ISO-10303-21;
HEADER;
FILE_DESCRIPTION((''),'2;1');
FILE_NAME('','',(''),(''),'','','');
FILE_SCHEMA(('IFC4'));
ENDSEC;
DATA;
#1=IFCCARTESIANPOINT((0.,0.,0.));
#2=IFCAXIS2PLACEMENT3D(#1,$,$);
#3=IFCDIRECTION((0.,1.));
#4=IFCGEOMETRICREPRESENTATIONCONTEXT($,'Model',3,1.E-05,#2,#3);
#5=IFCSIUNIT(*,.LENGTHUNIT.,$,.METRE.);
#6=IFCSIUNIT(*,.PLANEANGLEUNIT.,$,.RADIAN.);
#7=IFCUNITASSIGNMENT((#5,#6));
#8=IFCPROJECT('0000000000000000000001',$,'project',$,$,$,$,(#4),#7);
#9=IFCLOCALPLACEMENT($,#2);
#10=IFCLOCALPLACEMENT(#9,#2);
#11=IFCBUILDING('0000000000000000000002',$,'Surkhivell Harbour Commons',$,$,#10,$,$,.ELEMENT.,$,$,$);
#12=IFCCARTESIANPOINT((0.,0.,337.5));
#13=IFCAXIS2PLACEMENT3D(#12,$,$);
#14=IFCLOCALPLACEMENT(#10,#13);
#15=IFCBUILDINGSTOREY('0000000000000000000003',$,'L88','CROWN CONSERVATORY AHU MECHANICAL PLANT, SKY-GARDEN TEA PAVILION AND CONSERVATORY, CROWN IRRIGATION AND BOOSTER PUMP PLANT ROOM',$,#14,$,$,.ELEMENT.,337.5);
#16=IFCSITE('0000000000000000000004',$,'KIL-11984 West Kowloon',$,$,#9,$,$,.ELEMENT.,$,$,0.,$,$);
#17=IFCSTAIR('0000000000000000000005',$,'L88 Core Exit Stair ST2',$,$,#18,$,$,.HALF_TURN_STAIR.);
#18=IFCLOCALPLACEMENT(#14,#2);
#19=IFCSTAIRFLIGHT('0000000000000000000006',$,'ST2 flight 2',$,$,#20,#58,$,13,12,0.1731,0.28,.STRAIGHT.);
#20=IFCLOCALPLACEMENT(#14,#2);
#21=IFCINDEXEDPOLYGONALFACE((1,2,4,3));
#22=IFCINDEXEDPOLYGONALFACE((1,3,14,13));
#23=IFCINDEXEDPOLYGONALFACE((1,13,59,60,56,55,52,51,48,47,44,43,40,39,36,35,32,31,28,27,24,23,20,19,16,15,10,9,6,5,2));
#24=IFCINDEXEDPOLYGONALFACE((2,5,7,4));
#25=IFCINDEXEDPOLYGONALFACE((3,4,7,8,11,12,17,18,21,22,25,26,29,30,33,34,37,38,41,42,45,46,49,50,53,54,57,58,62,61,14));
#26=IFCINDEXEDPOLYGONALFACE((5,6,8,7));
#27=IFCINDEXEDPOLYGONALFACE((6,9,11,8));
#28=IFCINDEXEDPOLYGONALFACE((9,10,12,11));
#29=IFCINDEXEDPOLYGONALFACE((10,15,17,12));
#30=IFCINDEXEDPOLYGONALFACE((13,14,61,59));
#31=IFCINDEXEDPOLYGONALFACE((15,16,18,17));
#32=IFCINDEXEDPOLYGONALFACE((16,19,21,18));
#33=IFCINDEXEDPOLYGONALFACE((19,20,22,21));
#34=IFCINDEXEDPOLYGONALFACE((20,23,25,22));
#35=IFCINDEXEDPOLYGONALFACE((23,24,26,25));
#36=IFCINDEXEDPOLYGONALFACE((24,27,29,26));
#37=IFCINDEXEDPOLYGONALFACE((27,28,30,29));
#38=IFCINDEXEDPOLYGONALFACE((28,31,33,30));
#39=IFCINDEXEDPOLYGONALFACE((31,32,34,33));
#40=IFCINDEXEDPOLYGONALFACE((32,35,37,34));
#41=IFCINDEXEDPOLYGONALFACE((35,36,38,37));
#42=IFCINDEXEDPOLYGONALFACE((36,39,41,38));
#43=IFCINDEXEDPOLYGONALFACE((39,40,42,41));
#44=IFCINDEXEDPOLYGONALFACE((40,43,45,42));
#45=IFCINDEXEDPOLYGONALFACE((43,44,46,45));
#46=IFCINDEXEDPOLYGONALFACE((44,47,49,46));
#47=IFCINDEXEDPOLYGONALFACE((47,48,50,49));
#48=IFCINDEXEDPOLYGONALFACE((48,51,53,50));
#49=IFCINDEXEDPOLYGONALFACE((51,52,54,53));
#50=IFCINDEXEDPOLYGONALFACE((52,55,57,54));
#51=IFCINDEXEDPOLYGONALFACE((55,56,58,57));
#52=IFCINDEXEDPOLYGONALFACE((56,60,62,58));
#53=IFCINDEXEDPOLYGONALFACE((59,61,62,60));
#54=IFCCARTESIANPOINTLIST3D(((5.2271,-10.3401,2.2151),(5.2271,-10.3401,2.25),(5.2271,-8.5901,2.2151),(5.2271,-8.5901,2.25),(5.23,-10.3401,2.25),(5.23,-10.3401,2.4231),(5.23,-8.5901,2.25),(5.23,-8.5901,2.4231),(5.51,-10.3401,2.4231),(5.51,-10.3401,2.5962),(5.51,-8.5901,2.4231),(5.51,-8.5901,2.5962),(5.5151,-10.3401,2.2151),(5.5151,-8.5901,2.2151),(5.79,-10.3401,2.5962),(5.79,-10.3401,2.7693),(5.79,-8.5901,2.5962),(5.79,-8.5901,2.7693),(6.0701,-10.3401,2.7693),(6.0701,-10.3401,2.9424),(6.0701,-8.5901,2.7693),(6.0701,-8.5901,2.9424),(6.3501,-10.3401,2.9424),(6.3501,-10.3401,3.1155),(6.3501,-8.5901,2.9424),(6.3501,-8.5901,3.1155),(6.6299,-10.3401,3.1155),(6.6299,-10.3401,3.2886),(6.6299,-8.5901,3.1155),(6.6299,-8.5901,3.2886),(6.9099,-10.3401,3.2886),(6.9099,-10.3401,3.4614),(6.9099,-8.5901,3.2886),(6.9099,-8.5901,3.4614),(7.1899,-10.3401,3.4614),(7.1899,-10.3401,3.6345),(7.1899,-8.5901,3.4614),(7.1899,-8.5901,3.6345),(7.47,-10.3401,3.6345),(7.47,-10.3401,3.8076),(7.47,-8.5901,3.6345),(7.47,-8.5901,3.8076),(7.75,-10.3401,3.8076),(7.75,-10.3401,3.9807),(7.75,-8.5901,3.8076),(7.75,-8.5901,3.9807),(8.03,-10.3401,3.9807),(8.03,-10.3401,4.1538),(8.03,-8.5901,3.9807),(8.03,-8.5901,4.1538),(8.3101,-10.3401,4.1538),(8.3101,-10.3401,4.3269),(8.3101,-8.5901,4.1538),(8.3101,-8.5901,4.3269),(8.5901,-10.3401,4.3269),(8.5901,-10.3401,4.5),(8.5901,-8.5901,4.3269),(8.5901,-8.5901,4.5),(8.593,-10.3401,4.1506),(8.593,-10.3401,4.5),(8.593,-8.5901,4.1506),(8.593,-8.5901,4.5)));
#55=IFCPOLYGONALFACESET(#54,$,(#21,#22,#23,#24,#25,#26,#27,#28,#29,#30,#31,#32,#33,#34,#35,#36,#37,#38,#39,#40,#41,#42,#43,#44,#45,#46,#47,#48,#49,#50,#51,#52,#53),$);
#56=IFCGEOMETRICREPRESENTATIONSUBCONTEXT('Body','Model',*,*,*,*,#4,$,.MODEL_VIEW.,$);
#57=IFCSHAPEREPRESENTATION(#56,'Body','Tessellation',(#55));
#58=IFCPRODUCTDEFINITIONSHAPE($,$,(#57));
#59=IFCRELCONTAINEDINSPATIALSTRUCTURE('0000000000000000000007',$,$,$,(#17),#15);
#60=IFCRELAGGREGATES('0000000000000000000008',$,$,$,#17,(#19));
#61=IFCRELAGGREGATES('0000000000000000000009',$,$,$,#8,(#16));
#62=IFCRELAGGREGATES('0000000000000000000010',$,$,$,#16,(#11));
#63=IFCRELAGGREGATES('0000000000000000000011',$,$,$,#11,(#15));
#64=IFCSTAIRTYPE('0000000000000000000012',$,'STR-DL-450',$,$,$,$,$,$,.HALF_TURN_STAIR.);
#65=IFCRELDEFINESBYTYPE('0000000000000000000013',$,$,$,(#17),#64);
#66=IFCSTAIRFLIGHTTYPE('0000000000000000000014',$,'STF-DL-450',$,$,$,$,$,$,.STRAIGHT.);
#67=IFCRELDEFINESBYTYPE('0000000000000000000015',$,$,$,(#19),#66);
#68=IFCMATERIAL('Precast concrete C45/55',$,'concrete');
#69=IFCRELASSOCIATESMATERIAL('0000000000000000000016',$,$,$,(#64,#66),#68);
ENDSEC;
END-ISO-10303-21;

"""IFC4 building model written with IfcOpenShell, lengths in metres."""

from ifc_helpers import new_model, si_unit, direction, frame, origin, place, context, subcontext, project, spatial, polyline, outline, extrude, material, type_object, element, aggregate, save


model = new_model("IFC4")

# Units and contexts
model_context = context("Model", 3, precision=1e-05, world=origin(), true_north=direction((0.0, 1.0)))
body_context = subcontext(model_context, "Body", "Model", "MODEL_VIEW")
ifc_project = project(units=[si_unit("LENGTHUNIT", "METRE"), si_unit("PLANEANGLEUNIT", "RADIAN")], contexts=[model_context])

# Site, building, storey
site_placement = place(None, origin())
site = spatial("IfcSite", under=ifc_project, at=site_placement, Name="KIL-11984 West Kowloon", CompositionType="ELEMENT", RefElevation=0.0)
building_placement = place(site_placement, origin())
building = spatial("IfcBuilding", under=site, at=building_placement, Name="Surkhivell Harbour Commons", CompositionType="ELEMENT")
storey_placement = place(building_placement, frame((0.0, 0.0, 337.5)))
storey = spatial("IfcBuildingStorey", under=building, at=storey_placement, Name="L88", Description="CROWN CONSERVATORY AHU MECHANICAL PLANT, SKY-GARDEN TEA PAVILION AND CONSERVATORY, CROWN IRRIGATION AND BOOSTER PUMP PLANT ROOM", CompositionType="ELEMENT", Elevation=337.5)

# Stair, stair flight
ifc_material_1 = material(Name="Precast concrete C45/55", Category="concrete")
stair_type = type_object("IfcStairType", Name="STR-DL-450", PredefinedType="HALF_TURN_STAIR", material=ifc_material_1)
stair_placement = place(storey_placement, origin())
stair = element("IfcStair", 1, at=stair_placement, inside=storey, type_object=stair_type, Name="L88 Core Exit Stair ST2", PredefinedType="HALF_TURN_STAIR")
stair_flight_type = type_object("IfcStairFlightType", Name="STF-DL-450", PredefinedType="STRAIGHT", material=ifc_material_1)
stair_flight_1_placement = place(storey_placement, frame((5.23, -9.4651, 2.25), z_axis=(0.0, 0.0, 1.0), x_axis=(1.0, 0.0, 0.0)))
stair_flight_1 = element("IfcStairFlight", 2, at=stair_flight_1_placement, type_object=stair_flight_type, Name="ST2 flight 2", NumberOfRisers=13, NumberOfTreads=12, PredefinedType="STRAIGHT", RiserHeight=0.1731, TreadLength=0.28, context=body_context, shape_type="SweptSolid", body=[
    extrude(outline(polyline([(-0.0029, -0.0349), (-0.0029, 0.0), (0.0, 0.0), (0.0, 0.1731), (0.28, 0.1731), (0.28, 0.3462), (0.5601, 0.3462), (0.5601, 0.5193), (0.8401, 0.5193), (0.8401, 0.6924), (1.1201, 0.6924), (1.1201, 0.8655), (1.3999, 0.8655), (1.3999, 1.0386), (1.6799, 1.0386), (1.6799, 1.2114), (1.96, 1.2114), (1.96, 1.3845), (2.24, 1.3845), (2.24, 1.5576), (2.52, 1.5576), (2.52, 1.7307), (2.8, 1.7307), (2.8, 1.9038), (3.0801, 1.9038), (3.0801, 2.0769), (3.3601, 2.0769), (3.3601, 2.25), (3.363, 2.25), (3.363, 1.9006), (0.2852, -0.0349), (-0.0029, -0.0349)])), frame((0.0, 0.875, 0.0), z_axis=(0.0, -1.0, 0.0), x_axis=(1.0, 0.0, 0.0)), (0.0, 0.0, 1.0), 1.75),
])
aggregate(stair, [stair_flight_1])

save(model, "model.ifc")
